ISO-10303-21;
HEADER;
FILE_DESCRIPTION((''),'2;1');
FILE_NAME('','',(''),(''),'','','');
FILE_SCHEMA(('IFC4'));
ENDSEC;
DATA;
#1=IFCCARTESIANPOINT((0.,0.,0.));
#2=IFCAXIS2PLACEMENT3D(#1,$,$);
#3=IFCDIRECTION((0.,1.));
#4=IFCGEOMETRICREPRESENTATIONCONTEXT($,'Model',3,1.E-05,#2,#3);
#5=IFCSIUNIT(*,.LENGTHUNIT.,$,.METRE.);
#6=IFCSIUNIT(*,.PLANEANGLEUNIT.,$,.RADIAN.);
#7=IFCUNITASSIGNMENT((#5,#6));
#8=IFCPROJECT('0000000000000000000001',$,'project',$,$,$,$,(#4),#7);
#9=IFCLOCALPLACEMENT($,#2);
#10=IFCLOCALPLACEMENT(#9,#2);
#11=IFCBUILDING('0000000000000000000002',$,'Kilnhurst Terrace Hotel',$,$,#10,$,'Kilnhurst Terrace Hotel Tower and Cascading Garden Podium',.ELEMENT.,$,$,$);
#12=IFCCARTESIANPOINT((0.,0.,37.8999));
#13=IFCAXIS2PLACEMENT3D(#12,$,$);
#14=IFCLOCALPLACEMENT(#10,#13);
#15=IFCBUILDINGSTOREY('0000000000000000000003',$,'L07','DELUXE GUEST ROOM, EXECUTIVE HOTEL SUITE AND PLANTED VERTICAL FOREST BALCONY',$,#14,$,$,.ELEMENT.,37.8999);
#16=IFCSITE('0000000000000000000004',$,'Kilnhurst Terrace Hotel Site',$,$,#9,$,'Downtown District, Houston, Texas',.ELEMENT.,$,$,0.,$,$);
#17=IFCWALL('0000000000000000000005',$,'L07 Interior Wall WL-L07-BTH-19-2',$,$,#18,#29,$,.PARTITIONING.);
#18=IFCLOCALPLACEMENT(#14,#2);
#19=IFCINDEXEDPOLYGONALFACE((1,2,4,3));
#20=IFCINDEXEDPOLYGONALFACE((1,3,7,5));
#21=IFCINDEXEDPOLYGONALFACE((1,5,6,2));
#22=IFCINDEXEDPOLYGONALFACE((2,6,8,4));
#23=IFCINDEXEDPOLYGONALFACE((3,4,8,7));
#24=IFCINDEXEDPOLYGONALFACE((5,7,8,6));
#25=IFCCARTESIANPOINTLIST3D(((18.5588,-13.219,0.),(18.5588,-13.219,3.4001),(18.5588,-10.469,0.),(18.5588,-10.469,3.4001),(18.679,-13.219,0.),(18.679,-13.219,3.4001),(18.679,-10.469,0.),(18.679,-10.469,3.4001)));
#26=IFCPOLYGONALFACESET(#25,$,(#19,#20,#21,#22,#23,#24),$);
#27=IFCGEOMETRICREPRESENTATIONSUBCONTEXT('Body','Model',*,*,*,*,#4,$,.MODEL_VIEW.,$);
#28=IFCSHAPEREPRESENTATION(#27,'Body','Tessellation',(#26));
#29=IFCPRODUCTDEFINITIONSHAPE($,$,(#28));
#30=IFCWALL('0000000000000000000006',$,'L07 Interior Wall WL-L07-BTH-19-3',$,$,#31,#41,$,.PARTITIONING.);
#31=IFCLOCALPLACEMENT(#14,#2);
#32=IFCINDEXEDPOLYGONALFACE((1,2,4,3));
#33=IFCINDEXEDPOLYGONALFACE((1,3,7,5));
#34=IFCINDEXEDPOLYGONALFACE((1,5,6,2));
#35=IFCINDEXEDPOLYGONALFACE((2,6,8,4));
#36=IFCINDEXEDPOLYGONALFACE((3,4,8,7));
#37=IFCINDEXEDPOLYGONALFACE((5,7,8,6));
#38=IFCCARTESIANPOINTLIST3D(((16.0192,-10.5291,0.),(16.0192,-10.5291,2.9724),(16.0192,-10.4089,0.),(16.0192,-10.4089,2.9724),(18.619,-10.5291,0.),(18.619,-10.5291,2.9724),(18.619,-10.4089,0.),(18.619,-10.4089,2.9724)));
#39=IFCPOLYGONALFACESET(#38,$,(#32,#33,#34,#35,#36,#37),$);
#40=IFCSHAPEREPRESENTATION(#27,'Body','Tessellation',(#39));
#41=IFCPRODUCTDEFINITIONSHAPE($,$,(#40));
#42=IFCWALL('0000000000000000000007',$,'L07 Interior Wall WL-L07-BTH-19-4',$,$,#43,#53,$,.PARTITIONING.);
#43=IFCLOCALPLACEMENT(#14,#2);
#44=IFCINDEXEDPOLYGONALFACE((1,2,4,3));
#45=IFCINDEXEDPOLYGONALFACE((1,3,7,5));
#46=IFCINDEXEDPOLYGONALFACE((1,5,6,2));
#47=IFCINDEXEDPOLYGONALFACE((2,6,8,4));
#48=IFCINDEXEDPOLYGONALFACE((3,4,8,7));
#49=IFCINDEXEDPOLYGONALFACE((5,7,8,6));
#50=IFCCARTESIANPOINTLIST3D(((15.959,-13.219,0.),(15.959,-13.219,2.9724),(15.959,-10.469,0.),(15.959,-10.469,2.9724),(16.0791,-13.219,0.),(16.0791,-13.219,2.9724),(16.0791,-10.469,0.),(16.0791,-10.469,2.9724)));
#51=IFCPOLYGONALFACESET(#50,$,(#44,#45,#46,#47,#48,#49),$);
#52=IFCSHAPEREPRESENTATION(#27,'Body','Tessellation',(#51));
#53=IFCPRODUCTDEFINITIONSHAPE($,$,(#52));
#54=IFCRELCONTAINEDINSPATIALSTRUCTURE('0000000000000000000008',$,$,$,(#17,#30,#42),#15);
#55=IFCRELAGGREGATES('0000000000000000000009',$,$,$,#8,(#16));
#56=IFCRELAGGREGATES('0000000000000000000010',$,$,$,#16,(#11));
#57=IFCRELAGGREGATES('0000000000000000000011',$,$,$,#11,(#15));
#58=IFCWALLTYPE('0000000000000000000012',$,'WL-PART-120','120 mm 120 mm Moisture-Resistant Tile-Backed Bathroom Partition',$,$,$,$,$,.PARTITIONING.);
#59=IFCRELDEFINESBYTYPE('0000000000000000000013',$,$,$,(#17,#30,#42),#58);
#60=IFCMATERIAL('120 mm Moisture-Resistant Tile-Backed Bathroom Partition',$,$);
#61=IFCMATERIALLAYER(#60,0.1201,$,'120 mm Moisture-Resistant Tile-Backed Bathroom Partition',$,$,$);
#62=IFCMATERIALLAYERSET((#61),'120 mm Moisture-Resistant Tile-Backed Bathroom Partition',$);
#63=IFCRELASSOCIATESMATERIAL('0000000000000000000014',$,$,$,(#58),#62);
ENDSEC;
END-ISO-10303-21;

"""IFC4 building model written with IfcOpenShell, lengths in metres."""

from ifc_helpers import new_model, si_unit, direction, frame, frame_2d, origin, place, context, subcontext, project, spatial, rectangle, extrude, material, layer, layer_set, type_object, element, save


model = new_model("IFC4")

# Units and contexts
model_context = context("Model", 3, precision=1e-05, world=origin(), true_north=direction((0.0, 1.0)))
body_context = subcontext(model_context, "Body", "Model", "MODEL_VIEW")
ifc_project = project(units=[si_unit("LENGTHUNIT", "METRE"), si_unit("PLANEANGLEUNIT", "RADIAN")], contexts=[model_context])

# Site, building, storey
site_placement = place(None, origin())
site = spatial("IfcSite", under=ifc_project, at=site_placement, Name="Kilnhurst Terrace Hotel Site", LongName="Downtown District, Houston, Texas", CompositionType="ELEMENT", RefElevation=0.0)
building_placement = place(site_placement, origin())
building = spatial("IfcBuilding", under=site, at=building_placement, Name="Kilnhurst Terrace Hotel", LongName="Kilnhurst Terrace Hotel Tower and Cascading Garden Podium", CompositionType="ELEMENT")
storey_placement = place(building_placement, frame((0.0, 0.0, 37.8999)))
storey = spatial("IfcBuildingStorey", under=building, at=storey_placement, Name="L07", Description="DELUXE GUEST ROOM, EXECUTIVE HOTEL SUITE AND PLANTED VERTICAL FOREST BALCONY", CompositionType="ELEMENT", Elevation=37.8999)

# Shared definitions
ifc_material_1 = material(Name="120 mm Moisture-Resistant Tile-Backed Bathroom Partition")
ifc_layer_1 = layer(ifc_material_1, 0.1201, Name="120 mm Moisture-Resistant Tile-Backed Bathroom Partition")
ifc_layer_set_1 = layer_set([ifc_layer_1], Name="120 mm Moisture-Resistant Tile-Backed Bathroom Partition")
wall_type_1 = type_object("IfcWallType", Name="WL-PART-120", Description="120 mm 120 mm Moisture-Resistant Tile-Backed Bathroom Partition", PredefinedType="PARTITIONING", material=ifc_layer_set_1)

# Walls
wall_1_placement = place(storey_placement, frame((18.6189, -13.219, 0.0), z_axis=(0.0, 0.0, 1.0), x_axis=(0.0, 1.0, 0.0)))
element("IfcWall", 1, at=wall_1_placement, inside=storey, type_object=wall_type_1, Name="L07 Interior Wall WL-L07-BTH-19-2", PredefinedType="PARTITIONING", context=body_context, shape_type="SweptSolid", body=[
    extrude(rectangle(XDim=2.75, YDim=0.1201, at=frame_2d((1.375, 0.0))), origin(), (0.0, 0.0, 1.0), 3.4001),
])
wall_2_placement = place(storey_placement, frame((18.6189, -10.469, 0.0), z_axis=(0.0, 0.0, 1.0), x_axis=(-1.0, 0.0, 0.0)))
element("IfcWall", 2, at=wall_2_placement, inside=storey, type_object=wall_type_1, Name="L07 Interior Wall WL-L07-BTH-19-3", PredefinedType="PARTITIONING", context=body_context, shape_type="SweptSolid", body=[
    extrude(rectangle(XDim=2.5999, YDim=0.1201, at=frame_2d((1.2998, 0.0))), origin(), (0.0, 0.0, 1.0), 2.9724),
])
wall_3_placement = place(storey_placement, frame((16.019, -10.469, 0.0), z_axis=(0.0, 0.0, 1.0), x_axis=(0.0, -1.0, 0.0)))
element("IfcWall", 3, at=wall_3_placement, inside=storey, type_object=wall_type_1, Name="L07 Interior Wall WL-L07-BTH-19-4", PredefinedType="PARTITIONING", context=body_context, shape_type="SweptSolid", body=[
    extrude(rectangle(XDim=2.75, YDim=0.1201, at=frame_2d((1.375, 0.0))), origin(), (0.0, 0.0, 1.0), 2.9724),
])

save(model, "model.ifc")
